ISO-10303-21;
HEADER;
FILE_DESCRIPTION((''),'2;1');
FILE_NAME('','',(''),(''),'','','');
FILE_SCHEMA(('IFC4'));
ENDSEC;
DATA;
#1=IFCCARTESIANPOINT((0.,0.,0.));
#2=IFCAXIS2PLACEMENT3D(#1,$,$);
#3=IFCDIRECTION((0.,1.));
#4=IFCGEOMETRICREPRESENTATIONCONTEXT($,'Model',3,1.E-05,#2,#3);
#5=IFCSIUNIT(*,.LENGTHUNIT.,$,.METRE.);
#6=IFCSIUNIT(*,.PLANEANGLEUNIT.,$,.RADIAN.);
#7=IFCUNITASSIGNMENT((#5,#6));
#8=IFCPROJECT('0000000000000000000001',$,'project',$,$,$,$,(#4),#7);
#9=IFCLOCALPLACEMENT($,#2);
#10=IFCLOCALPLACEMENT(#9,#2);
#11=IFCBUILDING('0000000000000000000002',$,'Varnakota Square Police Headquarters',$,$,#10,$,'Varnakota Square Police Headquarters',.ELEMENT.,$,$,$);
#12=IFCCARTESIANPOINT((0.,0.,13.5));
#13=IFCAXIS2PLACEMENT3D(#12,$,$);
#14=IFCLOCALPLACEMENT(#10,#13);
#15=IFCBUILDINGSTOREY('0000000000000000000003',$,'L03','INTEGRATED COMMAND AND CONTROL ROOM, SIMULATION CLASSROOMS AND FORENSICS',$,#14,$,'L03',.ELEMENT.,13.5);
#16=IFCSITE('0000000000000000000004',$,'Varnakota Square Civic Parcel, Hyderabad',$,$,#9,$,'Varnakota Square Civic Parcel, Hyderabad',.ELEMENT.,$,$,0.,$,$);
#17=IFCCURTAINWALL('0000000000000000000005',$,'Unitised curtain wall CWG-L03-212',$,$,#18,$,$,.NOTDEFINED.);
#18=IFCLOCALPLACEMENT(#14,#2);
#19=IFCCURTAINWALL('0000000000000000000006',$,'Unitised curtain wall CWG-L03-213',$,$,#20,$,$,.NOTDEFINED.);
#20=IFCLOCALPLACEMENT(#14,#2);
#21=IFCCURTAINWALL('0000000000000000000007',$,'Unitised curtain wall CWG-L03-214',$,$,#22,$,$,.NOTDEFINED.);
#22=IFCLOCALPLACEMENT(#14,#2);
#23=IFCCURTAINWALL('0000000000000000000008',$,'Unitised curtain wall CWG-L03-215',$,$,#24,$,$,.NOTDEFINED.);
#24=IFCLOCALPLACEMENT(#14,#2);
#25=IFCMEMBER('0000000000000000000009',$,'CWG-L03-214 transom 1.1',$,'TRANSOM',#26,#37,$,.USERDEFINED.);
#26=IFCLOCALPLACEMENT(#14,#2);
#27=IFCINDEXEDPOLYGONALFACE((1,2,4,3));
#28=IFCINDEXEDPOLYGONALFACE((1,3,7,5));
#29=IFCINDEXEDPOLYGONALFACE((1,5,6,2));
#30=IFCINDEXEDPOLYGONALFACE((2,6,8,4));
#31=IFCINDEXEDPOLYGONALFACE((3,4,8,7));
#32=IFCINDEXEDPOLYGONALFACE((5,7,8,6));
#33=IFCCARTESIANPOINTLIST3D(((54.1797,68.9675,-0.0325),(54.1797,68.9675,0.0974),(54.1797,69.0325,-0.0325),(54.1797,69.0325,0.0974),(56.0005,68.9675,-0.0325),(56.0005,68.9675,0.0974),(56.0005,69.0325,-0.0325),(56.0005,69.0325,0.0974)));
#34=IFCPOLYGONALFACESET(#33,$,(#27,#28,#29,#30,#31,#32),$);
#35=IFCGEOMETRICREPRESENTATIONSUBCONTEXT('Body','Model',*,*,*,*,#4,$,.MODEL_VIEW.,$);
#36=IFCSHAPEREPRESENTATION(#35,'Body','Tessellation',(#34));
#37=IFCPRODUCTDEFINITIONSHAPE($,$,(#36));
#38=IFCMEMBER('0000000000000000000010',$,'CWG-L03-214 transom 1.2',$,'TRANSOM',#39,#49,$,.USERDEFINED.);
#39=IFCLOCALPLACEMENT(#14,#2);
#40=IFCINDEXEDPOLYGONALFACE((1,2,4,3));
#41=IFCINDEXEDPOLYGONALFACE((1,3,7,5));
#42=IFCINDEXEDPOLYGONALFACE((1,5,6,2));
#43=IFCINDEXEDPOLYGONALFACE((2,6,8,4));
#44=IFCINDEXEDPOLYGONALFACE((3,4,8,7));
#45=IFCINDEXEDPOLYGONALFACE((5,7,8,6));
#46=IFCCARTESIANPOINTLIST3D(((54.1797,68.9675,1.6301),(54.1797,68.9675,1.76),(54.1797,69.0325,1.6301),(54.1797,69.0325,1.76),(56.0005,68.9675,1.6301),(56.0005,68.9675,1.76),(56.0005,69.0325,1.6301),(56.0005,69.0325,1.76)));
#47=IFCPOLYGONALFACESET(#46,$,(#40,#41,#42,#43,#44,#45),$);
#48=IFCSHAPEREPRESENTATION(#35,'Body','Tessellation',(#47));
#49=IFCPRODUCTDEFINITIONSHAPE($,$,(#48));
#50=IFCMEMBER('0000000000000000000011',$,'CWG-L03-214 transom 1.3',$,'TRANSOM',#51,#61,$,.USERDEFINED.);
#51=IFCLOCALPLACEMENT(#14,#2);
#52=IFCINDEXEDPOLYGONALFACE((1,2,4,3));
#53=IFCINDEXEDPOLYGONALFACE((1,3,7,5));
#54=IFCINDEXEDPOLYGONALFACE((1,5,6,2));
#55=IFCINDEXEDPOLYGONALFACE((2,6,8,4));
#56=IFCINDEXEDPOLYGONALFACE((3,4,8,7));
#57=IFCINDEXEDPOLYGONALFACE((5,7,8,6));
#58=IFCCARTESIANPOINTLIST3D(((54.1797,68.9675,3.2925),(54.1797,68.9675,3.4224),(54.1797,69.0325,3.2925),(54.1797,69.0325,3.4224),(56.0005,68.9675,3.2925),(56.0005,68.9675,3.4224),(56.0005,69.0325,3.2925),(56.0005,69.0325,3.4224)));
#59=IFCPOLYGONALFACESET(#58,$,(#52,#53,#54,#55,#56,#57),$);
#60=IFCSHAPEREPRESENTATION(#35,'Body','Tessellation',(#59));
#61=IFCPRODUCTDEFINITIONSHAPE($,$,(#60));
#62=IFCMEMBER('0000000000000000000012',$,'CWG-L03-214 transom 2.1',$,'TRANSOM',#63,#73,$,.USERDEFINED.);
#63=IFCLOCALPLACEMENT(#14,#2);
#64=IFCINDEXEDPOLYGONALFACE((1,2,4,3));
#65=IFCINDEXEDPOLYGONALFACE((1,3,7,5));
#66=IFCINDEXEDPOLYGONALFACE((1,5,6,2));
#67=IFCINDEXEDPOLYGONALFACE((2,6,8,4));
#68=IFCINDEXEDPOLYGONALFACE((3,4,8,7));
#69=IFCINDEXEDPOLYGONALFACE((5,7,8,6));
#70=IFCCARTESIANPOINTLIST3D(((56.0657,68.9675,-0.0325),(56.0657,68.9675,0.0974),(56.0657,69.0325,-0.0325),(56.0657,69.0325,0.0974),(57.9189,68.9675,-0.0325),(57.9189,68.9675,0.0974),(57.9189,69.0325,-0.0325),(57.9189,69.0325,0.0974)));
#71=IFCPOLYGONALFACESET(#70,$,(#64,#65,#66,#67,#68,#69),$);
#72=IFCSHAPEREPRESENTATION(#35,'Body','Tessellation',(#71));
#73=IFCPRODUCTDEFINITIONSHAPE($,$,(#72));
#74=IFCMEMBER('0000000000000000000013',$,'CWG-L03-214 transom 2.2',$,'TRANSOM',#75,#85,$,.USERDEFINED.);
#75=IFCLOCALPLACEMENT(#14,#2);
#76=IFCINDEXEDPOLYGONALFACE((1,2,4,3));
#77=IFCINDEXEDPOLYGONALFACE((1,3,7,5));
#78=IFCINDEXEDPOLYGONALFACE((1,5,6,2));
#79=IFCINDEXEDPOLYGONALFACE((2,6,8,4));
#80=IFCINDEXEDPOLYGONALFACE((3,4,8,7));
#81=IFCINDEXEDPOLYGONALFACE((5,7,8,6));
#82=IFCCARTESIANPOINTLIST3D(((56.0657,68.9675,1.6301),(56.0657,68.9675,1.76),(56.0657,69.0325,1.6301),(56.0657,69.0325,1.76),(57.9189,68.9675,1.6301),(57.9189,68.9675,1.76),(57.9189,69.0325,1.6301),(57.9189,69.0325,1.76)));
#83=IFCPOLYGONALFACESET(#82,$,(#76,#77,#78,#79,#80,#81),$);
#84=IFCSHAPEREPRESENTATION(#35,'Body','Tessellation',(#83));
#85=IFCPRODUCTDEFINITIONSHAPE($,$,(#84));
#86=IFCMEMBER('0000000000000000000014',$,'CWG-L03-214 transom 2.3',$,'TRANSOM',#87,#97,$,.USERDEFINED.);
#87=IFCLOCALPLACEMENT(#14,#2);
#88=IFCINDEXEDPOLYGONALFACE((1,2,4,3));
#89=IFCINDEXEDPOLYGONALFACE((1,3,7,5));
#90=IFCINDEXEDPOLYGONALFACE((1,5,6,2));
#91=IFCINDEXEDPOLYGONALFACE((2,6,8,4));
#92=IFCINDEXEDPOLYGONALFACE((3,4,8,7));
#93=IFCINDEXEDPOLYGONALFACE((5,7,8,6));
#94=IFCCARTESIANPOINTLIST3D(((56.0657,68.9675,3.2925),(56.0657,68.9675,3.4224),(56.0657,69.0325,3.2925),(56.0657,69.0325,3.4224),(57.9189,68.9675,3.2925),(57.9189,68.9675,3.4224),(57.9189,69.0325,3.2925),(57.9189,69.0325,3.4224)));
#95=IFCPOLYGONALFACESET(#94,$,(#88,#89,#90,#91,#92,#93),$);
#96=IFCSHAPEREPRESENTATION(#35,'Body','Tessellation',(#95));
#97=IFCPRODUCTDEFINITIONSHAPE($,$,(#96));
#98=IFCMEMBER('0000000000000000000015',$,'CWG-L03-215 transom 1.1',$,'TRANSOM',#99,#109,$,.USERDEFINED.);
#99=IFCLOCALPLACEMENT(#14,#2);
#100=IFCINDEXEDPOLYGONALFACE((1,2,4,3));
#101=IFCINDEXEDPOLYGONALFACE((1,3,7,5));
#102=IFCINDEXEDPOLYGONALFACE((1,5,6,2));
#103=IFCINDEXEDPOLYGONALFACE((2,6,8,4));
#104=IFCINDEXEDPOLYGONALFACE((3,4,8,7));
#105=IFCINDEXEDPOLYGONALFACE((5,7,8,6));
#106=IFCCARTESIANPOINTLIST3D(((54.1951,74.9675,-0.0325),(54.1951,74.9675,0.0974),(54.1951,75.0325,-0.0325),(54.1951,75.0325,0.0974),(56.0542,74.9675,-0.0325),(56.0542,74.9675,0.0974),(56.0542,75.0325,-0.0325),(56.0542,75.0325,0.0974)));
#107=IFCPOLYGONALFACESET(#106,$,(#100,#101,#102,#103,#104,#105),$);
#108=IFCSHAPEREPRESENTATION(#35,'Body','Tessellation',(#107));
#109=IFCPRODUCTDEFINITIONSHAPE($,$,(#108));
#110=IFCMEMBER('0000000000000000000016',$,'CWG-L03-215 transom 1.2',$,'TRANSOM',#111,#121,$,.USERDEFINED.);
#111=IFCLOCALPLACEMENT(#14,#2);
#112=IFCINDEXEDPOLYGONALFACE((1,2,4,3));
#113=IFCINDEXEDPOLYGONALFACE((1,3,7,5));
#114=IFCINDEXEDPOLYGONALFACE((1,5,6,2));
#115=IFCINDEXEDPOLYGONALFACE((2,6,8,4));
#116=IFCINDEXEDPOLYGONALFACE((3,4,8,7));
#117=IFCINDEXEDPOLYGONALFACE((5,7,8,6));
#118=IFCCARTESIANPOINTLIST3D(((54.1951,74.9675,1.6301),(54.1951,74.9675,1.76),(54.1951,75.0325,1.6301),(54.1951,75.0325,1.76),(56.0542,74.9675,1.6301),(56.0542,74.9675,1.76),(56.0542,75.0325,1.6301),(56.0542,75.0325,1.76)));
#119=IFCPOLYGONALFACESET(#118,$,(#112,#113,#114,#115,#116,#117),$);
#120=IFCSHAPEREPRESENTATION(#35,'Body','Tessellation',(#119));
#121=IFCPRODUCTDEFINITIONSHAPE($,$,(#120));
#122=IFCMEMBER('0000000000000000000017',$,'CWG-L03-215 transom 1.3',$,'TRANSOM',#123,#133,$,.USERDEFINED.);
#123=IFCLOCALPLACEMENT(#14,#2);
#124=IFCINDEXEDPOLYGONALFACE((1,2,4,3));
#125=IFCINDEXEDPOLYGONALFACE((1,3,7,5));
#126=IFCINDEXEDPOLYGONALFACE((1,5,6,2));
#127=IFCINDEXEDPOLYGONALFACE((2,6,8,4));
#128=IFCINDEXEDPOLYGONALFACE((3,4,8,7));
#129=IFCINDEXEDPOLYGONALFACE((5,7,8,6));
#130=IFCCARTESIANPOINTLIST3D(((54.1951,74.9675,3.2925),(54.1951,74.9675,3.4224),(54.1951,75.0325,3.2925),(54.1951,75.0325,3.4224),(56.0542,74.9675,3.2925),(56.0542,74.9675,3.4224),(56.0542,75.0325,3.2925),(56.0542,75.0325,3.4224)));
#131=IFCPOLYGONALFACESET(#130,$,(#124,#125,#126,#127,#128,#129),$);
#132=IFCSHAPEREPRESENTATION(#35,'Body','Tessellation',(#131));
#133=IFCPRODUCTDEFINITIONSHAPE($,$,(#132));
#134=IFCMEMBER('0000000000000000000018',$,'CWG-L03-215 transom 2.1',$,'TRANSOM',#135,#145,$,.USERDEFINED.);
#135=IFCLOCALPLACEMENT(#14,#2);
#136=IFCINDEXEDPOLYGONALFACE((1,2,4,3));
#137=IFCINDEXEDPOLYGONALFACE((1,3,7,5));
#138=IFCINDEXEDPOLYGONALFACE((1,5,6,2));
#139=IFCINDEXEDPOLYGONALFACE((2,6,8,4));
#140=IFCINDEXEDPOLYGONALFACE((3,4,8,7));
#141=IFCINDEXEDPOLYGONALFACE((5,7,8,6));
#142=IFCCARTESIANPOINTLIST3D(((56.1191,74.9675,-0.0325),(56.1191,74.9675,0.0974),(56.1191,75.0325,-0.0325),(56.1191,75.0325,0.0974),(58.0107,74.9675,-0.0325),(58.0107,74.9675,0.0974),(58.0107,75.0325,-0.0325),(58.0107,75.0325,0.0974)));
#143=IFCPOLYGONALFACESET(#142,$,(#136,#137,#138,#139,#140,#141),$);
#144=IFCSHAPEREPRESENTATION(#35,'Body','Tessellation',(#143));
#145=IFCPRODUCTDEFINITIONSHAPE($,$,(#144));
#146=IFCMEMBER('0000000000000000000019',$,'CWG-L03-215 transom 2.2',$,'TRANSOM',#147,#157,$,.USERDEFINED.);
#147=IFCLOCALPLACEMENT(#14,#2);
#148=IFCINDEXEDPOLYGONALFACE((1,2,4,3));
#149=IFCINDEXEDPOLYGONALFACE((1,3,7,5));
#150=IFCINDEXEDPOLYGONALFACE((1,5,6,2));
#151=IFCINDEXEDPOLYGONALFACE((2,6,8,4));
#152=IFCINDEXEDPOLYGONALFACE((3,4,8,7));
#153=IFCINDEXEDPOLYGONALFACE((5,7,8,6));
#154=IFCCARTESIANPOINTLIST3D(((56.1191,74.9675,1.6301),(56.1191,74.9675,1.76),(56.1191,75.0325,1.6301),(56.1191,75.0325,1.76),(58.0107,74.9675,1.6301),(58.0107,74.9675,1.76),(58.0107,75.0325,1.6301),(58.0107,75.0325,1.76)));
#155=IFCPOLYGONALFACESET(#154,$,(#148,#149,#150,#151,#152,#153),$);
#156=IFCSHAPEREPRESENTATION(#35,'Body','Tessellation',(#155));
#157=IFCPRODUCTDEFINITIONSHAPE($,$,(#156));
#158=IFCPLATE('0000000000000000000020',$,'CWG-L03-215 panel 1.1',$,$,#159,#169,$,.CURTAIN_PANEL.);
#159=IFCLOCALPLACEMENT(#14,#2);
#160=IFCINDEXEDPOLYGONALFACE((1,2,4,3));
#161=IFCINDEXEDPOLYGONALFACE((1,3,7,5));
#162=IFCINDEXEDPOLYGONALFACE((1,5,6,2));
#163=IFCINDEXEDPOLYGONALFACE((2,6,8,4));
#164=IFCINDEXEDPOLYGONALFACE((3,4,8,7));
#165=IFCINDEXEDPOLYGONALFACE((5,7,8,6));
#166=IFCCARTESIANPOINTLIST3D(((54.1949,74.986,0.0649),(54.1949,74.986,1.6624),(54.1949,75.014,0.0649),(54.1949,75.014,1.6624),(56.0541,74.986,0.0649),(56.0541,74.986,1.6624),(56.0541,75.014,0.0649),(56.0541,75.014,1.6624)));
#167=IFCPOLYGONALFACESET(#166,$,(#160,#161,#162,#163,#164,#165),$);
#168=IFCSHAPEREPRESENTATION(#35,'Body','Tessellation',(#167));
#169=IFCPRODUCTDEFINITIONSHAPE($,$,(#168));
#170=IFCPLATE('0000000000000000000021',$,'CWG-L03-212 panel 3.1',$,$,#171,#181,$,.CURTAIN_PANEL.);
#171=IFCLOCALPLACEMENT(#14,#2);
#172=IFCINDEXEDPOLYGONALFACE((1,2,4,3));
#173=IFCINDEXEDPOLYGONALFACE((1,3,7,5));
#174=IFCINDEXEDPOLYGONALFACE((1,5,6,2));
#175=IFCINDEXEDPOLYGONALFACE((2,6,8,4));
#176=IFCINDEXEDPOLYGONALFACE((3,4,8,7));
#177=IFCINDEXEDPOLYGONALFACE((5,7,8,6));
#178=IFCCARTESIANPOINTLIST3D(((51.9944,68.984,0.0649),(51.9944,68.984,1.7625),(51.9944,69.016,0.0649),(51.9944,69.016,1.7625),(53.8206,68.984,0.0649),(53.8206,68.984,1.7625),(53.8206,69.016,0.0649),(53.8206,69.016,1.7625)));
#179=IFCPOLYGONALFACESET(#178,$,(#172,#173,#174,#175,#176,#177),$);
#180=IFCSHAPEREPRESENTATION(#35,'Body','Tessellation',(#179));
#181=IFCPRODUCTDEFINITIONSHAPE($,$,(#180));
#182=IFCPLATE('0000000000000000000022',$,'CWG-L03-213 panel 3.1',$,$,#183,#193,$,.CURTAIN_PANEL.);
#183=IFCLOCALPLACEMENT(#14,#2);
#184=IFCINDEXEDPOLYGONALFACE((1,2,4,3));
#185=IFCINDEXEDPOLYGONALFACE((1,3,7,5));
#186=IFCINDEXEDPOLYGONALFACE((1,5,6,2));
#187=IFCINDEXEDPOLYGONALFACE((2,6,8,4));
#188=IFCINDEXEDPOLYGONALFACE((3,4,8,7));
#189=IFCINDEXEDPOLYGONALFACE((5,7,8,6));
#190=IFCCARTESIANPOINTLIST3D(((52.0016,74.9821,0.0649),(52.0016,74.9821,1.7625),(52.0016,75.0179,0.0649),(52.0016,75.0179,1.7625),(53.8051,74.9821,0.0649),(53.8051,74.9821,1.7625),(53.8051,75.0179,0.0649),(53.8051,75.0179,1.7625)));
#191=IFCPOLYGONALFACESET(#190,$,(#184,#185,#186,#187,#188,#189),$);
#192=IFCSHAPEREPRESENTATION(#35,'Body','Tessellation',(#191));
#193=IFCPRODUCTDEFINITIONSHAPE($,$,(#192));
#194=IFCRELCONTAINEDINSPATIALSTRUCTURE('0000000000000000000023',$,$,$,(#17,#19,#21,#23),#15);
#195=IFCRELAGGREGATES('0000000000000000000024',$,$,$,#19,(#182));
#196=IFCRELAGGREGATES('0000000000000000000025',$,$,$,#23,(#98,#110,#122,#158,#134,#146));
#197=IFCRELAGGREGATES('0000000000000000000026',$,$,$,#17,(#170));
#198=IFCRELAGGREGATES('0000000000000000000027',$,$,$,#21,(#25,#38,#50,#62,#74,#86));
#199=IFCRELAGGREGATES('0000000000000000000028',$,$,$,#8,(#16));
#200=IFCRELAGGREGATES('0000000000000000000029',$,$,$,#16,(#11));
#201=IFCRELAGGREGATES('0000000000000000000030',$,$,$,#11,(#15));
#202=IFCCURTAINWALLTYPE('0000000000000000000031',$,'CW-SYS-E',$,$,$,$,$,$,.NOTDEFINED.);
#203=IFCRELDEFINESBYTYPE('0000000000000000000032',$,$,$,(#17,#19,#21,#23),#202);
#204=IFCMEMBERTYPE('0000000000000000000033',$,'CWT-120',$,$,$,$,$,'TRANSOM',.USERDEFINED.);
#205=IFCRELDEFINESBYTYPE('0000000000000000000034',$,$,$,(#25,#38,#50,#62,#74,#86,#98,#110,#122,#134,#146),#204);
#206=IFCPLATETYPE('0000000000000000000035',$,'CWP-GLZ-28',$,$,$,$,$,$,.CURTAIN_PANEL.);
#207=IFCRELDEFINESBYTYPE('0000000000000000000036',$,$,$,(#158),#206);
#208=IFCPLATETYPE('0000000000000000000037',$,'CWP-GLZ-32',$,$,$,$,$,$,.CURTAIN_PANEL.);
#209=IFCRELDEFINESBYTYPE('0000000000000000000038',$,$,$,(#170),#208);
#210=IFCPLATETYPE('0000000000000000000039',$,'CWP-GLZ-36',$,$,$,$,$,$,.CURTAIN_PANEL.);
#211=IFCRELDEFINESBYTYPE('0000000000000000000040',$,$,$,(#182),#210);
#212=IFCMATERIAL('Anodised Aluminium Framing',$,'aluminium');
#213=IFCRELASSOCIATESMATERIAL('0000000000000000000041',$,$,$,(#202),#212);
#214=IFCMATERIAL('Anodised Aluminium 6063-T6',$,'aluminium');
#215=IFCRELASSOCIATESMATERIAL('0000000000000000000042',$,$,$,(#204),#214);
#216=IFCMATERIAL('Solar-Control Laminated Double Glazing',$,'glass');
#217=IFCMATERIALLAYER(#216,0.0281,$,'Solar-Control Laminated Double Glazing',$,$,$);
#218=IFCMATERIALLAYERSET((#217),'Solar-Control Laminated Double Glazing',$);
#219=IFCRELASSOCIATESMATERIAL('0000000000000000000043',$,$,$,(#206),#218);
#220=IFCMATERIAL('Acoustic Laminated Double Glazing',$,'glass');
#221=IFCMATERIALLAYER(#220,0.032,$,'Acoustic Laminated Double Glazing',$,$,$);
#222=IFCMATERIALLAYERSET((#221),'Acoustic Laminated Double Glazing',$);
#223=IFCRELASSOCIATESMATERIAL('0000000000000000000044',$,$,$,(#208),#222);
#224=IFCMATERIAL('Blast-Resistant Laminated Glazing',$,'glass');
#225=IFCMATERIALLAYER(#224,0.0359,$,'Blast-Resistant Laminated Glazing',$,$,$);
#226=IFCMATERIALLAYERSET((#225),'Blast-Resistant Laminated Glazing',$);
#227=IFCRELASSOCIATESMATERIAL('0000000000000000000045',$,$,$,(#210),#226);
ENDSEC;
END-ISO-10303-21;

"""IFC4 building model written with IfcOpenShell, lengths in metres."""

from ifc_helpers import new_model, si_unit, direction, frame, origin, origin_2d, place, context, subcontext, project, spatial, rectangle, extrude, material, layer, layer_set, material_profile, profile_set, type_object, element, aggregate, save


model = new_model("IFC4")

# Units and contexts
model_context = context("Model", 3, precision=1e-05, world=origin(), true_north=direction((0.0, 1.0)))
body_context = subcontext(model_context, "Body", "Model", "MODEL_VIEW")
ifc_project = project(units=[si_unit("LENGTHUNIT", "METRE"), si_unit("PLANEANGLEUNIT", "RADIAN")], contexts=[model_context])

# Site, building, storey
site_placement = place(None, origin())
site = spatial("IfcSite", under=ifc_project, at=site_placement, Name="Varnakota Square Civic Parcel, Hyderabad", LongName="Varnakota Square Civic Parcel, Hyderabad", CompositionType="ELEMENT", RefElevation=0.0)
building_placement = place(site_placement, origin())
building = spatial("IfcBuilding", under=site, at=building_placement, Name="Varnakota Square Police Headquarters", LongName="Varnakota Square Police Headquarters", CompositionType="ELEMENT")
storey_placement = place(building_placement, frame((0.0, 0.0, 13.5)))
storey = spatial("IfcBuildingStorey", under=building, at=storey_placement, Name="L03", Description="INTEGRATED COMMAND AND CONTROL ROOM, SIMULATION CLASSROOMS AND FORENSICS", LongName="L03", CompositionType="ELEMENT", Elevation=13.5)

# Curtain walls
ifc_material_1 = material(Name="Anodised Aluminium Framing", Category="aluminium")
curtain_wall_type = type_object("IfcCurtainWallType", Name="CW-SYS-E", PredefinedType="NOTDEFINED", material=ifc_material_1)
curtain_wall_1_placement = place(storey_placement, origin())
curtain_wall_1 = element("IfcCurtainWall", 1, at=curtain_wall_1_placement, inside=storey, type_object=curtain_wall_type, Name="Unitised curtain wall CWG-L03-212", PredefinedType="NOTDEFINED")
ifc_material_2 = material(Name="Anodised Aluminium 6063-T6", Category="aluminium")
curtain_wall_2_placement = place(storey_placement, origin())
curtain_wall_2 = element("IfcCurtainWall", 2, at=curtain_wall_2_placement, inside=storey, type_object=curtain_wall_type, Name="Unitised curtain wall CWG-L03-213", PredefinedType="NOTDEFINED")

# Curtain walls
curtain_wall_3_placement = place(storey_placement, origin())
curtain_wall_3 = element("IfcCurtainWall", 3, at=curtain_wall_3_placement, inside=storey, type_object=curtain_wall_type, Name="Unitised curtain wall CWG-L03-214", PredefinedType="NOTDEFINED")
curtain_wall_4_placement = place(storey_placement, origin())
curtain_wall_4 = element("IfcCurtainWall", 4, at=curtain_wall_4_placement, inside=storey, type_object=curtain_wall_type, Name="Unitised curtain wall CWG-L03-215", PredefinedType="NOTDEFINED")

# Members
ifc_material_profile_1 = material_profile(ifc_material_2, rectangle(XDim=0.0649, YDim=0.1299, at=origin_2d()), Name="ALU TRANSOM 65x130")
ifc_profile_set_1 = profile_set([ifc_material_profile_1], Name="Anodised Aluminium 6063-T6")
member_type_1 = type_object("IfcMemberType", Name="CWT-120", ElementType="TRANSOM", PredefinedType="USERDEFINED", material=ifc_profile_set_1)
member_1_placement = place(storey_placement, frame((54.1797, 69.0, 0.0325), z_axis=(1.0, 0.0, 0.0), x_axis=(0.0, 1.0, 0.0)))
member_1 = element("IfcMember", 5, at=member_1_placement, type_object=member_type_1, Name="CWG-L03-214 transom 1.1", ObjectType="TRANSOM", PredefinedType="USERDEFINED", context=body_context, shape_type="SweptSolid", body=[
    extrude(rectangle(XDim=0.0649, YDim=0.1299, at=origin_2d()), origin(), (0.0, 0.0, 1.0), 1.8208),
])
member_2_placement = place(storey_placement, frame((54.1797, 69.0, 1.6951), z_axis=(1.0, 0.0, 0.0), x_axis=(0.0, 1.0, 0.0)))
member_2 = element("IfcMember", 6, at=member_2_placement, type_object=member_type_1, Name="CWG-L03-214 transom 1.2", ObjectType="TRANSOM", PredefinedType="USERDEFINED", context=body_context, shape_type="SweptSolid", body=[
    extrude(rectangle(XDim=0.0649, YDim=0.1299, at=origin_2d()), origin(), (0.0, 0.0, 1.0), 1.8208),
])
member_3_placement = place(storey_placement, frame((54.1797, 69.0, 3.3574), z_axis=(1.0, 0.0, 0.0), x_axis=(0.0, 1.0, 0.0)))
member_3 = element("IfcMember", 7, at=member_3_placement, type_object=member_type_1, Name="CWG-L03-214 transom 1.3", ObjectType="TRANSOM", PredefinedType="USERDEFINED", context=body_context, shape_type="SweptSolid", body=[
    extrude(rectangle(XDim=0.0649, YDim=0.1299, at=origin_2d()), origin(), (0.0, 0.0, 1.0), 1.8208),
])
member_4_placement = place(storey_placement, frame((56.0657, 69.0, 0.0325), z_axis=(1.0, 0.0, 0.0), x_axis=(0.0, 1.0, 0.0)))
member_4 = element("IfcMember", 8, at=member_4_placement, type_object=member_type_1, Name="CWG-L03-214 transom 2.1", ObjectType="TRANSOM", PredefinedType="USERDEFINED", context=body_context, shape_type="SweptSolid", body=[
    extrude(rectangle(XDim=0.0649, YDim=0.1299, at=origin_2d()), origin(), (0.0, 0.0, 1.0), 1.8533),
])
member_5_placement = place(storey_placement, frame((56.0657, 69.0, 1.6951), z_axis=(1.0, 0.0, 0.0), x_axis=(0.0, 1.0, 0.0)))
member_5 = element("IfcMember", 9, at=member_5_placement, type_object=member_type_1, Name="CWG-L03-214 transom 2.2", ObjectType="TRANSOM", PredefinedType="USERDEFINED", context=body_context, shape_type="SweptSolid", body=[
    extrude(rectangle(XDim=0.0649, YDim=0.1299, at=origin_2d()), origin(), (0.0, 0.0, 1.0), 1.8533),
])
member_6_placement = place(storey_placement, frame((56.0657, 69.0, 3.3574), z_axis=(1.0, 0.0, 0.0), x_axis=(0.0, 1.0, 0.0)))
member_6 = element("IfcMember", 10, at=member_6_placement, type_object=member_type_1, Name="CWG-L03-214 transom 2.3", ObjectType="TRANSOM", PredefinedType="USERDEFINED", context=body_context, shape_type="SweptSolid", body=[
    extrude(rectangle(XDim=0.0649, YDim=0.1299, at=origin_2d()), origin(), (0.0, 0.0, 1.0), 1.8533),
])
member_7_placement = place(storey_placement, frame((54.1951, 75.0, 0.0325), z_axis=(1.0, 0.0, 0.0), x_axis=(0.0, 1.0, 0.0)))
member_7 = element("IfcMember", 11, at=member_7_placement, type_object=member_type_1, Name="CWG-L03-215 transom 1.1", ObjectType="TRANSOM", PredefinedType="USERDEFINED", context=body_context, shape_type="SweptSolid", body=[
    extrude(rectangle(XDim=0.0649, YDim=0.1299, at=origin_2d()), origin(), (0.0, 0.0, 1.0), 1.8591),
])
member_8_placement = place(storey_placement, frame((54.1951, 75.0, 1.6951), z_axis=(1.0, 0.0, 0.0), x_axis=(0.0, 1.0, 0.0)))
member_8 = element("IfcMember", 12, at=member_8_placement, type_object=member_type_1, Name="CWG-L03-215 transom 1.2", ObjectType="TRANSOM", PredefinedType="USERDEFINED", context=body_context, shape_type="SweptSolid", body=[
    extrude(rectangle(XDim=0.0649, YDim=0.1299, at=origin_2d()), origin(), (0.0, 0.0, 1.0), 1.8591),
])
member_9_placement = place(storey_placement, frame((54.1951, 75.0, 3.3574), z_axis=(1.0, 0.0, 0.0), x_axis=(0.0, 1.0, 0.0)))
member_9 = element("IfcMember", 13, at=member_9_placement, type_object=member_type_1, Name="CWG-L03-215 transom 1.3", ObjectType="TRANSOM", PredefinedType="USERDEFINED", context=body_context, shape_type="SweptSolid", body=[
    extrude(rectangle(XDim=0.0649, YDim=0.1299, at=origin_2d()), origin(), (0.0, 0.0, 1.0), 1.8591),
])
member_10_placement = place(storey_placement, frame((56.1191, 75.0, 0.0325), z_axis=(1.0, 0.0, 0.0), x_axis=(0.0, 1.0, 0.0)))
member_10 = element("IfcMember", 14, at=member_10_placement, type_object=member_type_1, Name="CWG-L03-215 transom 2.1", ObjectType="TRANSOM", PredefinedType="USERDEFINED", context=body_context, shape_type="SweptSolid", body=[
    extrude(rectangle(XDim=0.0649, YDim=0.1299, at=origin_2d()), origin(), (0.0, 0.0, 1.0), 1.8916),
])
member_11_placement = place(storey_placement, frame((56.1191, 75.0, 1.6951), z_axis=(1.0, 0.0, 0.0), x_axis=(0.0, 1.0, 0.0)))
member_11 = element("IfcMember", 15, at=member_11_placement, type_object=member_type_1, Name="CWG-L03-215 transom 2.2", ObjectType="TRANSOM", PredefinedType="USERDEFINED", context=body_context, shape_type="SweptSolid", body=[
    extrude(rectangle(XDim=0.0649, YDim=0.1299, at=origin_2d()), origin(), (0.0, 0.0, 1.0), 1.8916),
])

# Plates
ifc_material_3 = material(Name="Solar-Control Laminated Double Glazing", Category="glass")
ifc_layer_1 = layer(ifc_material_3, 0.0281, Name="Solar-Control Laminated Double Glazing")
ifc_layer_set_1 = layer_set([ifc_layer_1], Name="Solar-Control Laminated Double Glazing")
plate_type_1 = type_object("IfcPlateType", Name="CWP-GLZ-28", PredefinedType="CURTAIN_PANEL", material=ifc_layer_set_1)
plate_1_placement = place(storey_placement, frame((55.1245, 75.0, 0.0649), z_axis=(0.0, 0.0, 1.0), x_axis=(1.0, 0.0, 0.0)))
plate_1 = element("IfcPlate", 16, at=plate_1_placement, type_object=plate_type_1, Name="CWG-L03-215 panel 1.1", PredefinedType="CURTAIN_PANEL", context=body_context, shape_type="SweptSolid", body=[
    extrude(rectangle(XDim=1.8591, YDim=0.0281, at=origin_2d()), origin(), (0.0, 0.0, 1.0), 1.5974),
])
ifc_material_4 = material(Name="Acoustic Laminated Double Glazing", Category="glass")
ifc_layer_2 = layer(ifc_material_4, 0.032, Name="Acoustic Laminated Double Glazing")
ifc_layer_set_2 = layer_set([ifc_layer_2], Name="Acoustic Laminated Double Glazing")
plate_type_2 = type_object("IfcPlateType", Name="CWP-GLZ-32", PredefinedType="CURTAIN_PANEL", material=ifc_layer_set_2)
plate_2_placement = place(storey_placement, frame((52.9075, 69.0, 0.0649), z_axis=(0.0, 0.0, 1.0), x_axis=(1.0, 0.0, 0.0)))
plate_2 = element("IfcPlate", 17, at=plate_2_placement, type_object=plate_type_2, Name="CWG-L03-212 panel 3.1", PredefinedType="CURTAIN_PANEL", context=body_context, shape_type="SweptSolid", body=[
    extrude(rectangle(XDim=1.8262, YDim=0.032, at=origin_2d()), origin(), (0.0, 0.0, 1.0), 1.6975),
])
ifc_material_5 = material(Name="Blast-Resistant Laminated Glazing", Category="glass")
ifc_layer_3 = layer(ifc_material_5, 0.0359, Name="Blast-Resistant Laminated Glazing")
ifc_layer_set_3 = layer_set([ifc_layer_3], Name="Blast-Resistant Laminated Glazing")
plate_type_3 = type_object("IfcPlateType", Name="CWP-GLZ-36", PredefinedType="CURTAIN_PANEL", material=ifc_layer_set_3)
plate_3_placement = place(storey_placement, frame((52.9033, 75.0, 0.0649), z_axis=(0.0, 0.0, 1.0), x_axis=(1.0, 0.0, 0.0)))
plate_3 = element("IfcPlate", 18, at=plate_3_placement, type_object=plate_type_3, Name="CWG-L03-213 panel 3.1", PredefinedType="CURTAIN_PANEL", context=body_context, shape_type="SweptSolid", body=[
    extrude(rectangle(XDim=1.8035, YDim=0.0359, at=origin_2d()), origin(), (0.0, 0.0, 1.0), 1.6975),
])
aggregate(curtain_wall_2, [plate_3])
aggregate(curtain_wall_4, [member_7, member_8, member_9, plate_1, member_10, member_11])
aggregate(curtain_wall_1, [plate_2])
aggregate(curtain_wall_3, [member_1, member_2, member_3, member_4, member_5, member_6])

save(model, "model.ifc")
